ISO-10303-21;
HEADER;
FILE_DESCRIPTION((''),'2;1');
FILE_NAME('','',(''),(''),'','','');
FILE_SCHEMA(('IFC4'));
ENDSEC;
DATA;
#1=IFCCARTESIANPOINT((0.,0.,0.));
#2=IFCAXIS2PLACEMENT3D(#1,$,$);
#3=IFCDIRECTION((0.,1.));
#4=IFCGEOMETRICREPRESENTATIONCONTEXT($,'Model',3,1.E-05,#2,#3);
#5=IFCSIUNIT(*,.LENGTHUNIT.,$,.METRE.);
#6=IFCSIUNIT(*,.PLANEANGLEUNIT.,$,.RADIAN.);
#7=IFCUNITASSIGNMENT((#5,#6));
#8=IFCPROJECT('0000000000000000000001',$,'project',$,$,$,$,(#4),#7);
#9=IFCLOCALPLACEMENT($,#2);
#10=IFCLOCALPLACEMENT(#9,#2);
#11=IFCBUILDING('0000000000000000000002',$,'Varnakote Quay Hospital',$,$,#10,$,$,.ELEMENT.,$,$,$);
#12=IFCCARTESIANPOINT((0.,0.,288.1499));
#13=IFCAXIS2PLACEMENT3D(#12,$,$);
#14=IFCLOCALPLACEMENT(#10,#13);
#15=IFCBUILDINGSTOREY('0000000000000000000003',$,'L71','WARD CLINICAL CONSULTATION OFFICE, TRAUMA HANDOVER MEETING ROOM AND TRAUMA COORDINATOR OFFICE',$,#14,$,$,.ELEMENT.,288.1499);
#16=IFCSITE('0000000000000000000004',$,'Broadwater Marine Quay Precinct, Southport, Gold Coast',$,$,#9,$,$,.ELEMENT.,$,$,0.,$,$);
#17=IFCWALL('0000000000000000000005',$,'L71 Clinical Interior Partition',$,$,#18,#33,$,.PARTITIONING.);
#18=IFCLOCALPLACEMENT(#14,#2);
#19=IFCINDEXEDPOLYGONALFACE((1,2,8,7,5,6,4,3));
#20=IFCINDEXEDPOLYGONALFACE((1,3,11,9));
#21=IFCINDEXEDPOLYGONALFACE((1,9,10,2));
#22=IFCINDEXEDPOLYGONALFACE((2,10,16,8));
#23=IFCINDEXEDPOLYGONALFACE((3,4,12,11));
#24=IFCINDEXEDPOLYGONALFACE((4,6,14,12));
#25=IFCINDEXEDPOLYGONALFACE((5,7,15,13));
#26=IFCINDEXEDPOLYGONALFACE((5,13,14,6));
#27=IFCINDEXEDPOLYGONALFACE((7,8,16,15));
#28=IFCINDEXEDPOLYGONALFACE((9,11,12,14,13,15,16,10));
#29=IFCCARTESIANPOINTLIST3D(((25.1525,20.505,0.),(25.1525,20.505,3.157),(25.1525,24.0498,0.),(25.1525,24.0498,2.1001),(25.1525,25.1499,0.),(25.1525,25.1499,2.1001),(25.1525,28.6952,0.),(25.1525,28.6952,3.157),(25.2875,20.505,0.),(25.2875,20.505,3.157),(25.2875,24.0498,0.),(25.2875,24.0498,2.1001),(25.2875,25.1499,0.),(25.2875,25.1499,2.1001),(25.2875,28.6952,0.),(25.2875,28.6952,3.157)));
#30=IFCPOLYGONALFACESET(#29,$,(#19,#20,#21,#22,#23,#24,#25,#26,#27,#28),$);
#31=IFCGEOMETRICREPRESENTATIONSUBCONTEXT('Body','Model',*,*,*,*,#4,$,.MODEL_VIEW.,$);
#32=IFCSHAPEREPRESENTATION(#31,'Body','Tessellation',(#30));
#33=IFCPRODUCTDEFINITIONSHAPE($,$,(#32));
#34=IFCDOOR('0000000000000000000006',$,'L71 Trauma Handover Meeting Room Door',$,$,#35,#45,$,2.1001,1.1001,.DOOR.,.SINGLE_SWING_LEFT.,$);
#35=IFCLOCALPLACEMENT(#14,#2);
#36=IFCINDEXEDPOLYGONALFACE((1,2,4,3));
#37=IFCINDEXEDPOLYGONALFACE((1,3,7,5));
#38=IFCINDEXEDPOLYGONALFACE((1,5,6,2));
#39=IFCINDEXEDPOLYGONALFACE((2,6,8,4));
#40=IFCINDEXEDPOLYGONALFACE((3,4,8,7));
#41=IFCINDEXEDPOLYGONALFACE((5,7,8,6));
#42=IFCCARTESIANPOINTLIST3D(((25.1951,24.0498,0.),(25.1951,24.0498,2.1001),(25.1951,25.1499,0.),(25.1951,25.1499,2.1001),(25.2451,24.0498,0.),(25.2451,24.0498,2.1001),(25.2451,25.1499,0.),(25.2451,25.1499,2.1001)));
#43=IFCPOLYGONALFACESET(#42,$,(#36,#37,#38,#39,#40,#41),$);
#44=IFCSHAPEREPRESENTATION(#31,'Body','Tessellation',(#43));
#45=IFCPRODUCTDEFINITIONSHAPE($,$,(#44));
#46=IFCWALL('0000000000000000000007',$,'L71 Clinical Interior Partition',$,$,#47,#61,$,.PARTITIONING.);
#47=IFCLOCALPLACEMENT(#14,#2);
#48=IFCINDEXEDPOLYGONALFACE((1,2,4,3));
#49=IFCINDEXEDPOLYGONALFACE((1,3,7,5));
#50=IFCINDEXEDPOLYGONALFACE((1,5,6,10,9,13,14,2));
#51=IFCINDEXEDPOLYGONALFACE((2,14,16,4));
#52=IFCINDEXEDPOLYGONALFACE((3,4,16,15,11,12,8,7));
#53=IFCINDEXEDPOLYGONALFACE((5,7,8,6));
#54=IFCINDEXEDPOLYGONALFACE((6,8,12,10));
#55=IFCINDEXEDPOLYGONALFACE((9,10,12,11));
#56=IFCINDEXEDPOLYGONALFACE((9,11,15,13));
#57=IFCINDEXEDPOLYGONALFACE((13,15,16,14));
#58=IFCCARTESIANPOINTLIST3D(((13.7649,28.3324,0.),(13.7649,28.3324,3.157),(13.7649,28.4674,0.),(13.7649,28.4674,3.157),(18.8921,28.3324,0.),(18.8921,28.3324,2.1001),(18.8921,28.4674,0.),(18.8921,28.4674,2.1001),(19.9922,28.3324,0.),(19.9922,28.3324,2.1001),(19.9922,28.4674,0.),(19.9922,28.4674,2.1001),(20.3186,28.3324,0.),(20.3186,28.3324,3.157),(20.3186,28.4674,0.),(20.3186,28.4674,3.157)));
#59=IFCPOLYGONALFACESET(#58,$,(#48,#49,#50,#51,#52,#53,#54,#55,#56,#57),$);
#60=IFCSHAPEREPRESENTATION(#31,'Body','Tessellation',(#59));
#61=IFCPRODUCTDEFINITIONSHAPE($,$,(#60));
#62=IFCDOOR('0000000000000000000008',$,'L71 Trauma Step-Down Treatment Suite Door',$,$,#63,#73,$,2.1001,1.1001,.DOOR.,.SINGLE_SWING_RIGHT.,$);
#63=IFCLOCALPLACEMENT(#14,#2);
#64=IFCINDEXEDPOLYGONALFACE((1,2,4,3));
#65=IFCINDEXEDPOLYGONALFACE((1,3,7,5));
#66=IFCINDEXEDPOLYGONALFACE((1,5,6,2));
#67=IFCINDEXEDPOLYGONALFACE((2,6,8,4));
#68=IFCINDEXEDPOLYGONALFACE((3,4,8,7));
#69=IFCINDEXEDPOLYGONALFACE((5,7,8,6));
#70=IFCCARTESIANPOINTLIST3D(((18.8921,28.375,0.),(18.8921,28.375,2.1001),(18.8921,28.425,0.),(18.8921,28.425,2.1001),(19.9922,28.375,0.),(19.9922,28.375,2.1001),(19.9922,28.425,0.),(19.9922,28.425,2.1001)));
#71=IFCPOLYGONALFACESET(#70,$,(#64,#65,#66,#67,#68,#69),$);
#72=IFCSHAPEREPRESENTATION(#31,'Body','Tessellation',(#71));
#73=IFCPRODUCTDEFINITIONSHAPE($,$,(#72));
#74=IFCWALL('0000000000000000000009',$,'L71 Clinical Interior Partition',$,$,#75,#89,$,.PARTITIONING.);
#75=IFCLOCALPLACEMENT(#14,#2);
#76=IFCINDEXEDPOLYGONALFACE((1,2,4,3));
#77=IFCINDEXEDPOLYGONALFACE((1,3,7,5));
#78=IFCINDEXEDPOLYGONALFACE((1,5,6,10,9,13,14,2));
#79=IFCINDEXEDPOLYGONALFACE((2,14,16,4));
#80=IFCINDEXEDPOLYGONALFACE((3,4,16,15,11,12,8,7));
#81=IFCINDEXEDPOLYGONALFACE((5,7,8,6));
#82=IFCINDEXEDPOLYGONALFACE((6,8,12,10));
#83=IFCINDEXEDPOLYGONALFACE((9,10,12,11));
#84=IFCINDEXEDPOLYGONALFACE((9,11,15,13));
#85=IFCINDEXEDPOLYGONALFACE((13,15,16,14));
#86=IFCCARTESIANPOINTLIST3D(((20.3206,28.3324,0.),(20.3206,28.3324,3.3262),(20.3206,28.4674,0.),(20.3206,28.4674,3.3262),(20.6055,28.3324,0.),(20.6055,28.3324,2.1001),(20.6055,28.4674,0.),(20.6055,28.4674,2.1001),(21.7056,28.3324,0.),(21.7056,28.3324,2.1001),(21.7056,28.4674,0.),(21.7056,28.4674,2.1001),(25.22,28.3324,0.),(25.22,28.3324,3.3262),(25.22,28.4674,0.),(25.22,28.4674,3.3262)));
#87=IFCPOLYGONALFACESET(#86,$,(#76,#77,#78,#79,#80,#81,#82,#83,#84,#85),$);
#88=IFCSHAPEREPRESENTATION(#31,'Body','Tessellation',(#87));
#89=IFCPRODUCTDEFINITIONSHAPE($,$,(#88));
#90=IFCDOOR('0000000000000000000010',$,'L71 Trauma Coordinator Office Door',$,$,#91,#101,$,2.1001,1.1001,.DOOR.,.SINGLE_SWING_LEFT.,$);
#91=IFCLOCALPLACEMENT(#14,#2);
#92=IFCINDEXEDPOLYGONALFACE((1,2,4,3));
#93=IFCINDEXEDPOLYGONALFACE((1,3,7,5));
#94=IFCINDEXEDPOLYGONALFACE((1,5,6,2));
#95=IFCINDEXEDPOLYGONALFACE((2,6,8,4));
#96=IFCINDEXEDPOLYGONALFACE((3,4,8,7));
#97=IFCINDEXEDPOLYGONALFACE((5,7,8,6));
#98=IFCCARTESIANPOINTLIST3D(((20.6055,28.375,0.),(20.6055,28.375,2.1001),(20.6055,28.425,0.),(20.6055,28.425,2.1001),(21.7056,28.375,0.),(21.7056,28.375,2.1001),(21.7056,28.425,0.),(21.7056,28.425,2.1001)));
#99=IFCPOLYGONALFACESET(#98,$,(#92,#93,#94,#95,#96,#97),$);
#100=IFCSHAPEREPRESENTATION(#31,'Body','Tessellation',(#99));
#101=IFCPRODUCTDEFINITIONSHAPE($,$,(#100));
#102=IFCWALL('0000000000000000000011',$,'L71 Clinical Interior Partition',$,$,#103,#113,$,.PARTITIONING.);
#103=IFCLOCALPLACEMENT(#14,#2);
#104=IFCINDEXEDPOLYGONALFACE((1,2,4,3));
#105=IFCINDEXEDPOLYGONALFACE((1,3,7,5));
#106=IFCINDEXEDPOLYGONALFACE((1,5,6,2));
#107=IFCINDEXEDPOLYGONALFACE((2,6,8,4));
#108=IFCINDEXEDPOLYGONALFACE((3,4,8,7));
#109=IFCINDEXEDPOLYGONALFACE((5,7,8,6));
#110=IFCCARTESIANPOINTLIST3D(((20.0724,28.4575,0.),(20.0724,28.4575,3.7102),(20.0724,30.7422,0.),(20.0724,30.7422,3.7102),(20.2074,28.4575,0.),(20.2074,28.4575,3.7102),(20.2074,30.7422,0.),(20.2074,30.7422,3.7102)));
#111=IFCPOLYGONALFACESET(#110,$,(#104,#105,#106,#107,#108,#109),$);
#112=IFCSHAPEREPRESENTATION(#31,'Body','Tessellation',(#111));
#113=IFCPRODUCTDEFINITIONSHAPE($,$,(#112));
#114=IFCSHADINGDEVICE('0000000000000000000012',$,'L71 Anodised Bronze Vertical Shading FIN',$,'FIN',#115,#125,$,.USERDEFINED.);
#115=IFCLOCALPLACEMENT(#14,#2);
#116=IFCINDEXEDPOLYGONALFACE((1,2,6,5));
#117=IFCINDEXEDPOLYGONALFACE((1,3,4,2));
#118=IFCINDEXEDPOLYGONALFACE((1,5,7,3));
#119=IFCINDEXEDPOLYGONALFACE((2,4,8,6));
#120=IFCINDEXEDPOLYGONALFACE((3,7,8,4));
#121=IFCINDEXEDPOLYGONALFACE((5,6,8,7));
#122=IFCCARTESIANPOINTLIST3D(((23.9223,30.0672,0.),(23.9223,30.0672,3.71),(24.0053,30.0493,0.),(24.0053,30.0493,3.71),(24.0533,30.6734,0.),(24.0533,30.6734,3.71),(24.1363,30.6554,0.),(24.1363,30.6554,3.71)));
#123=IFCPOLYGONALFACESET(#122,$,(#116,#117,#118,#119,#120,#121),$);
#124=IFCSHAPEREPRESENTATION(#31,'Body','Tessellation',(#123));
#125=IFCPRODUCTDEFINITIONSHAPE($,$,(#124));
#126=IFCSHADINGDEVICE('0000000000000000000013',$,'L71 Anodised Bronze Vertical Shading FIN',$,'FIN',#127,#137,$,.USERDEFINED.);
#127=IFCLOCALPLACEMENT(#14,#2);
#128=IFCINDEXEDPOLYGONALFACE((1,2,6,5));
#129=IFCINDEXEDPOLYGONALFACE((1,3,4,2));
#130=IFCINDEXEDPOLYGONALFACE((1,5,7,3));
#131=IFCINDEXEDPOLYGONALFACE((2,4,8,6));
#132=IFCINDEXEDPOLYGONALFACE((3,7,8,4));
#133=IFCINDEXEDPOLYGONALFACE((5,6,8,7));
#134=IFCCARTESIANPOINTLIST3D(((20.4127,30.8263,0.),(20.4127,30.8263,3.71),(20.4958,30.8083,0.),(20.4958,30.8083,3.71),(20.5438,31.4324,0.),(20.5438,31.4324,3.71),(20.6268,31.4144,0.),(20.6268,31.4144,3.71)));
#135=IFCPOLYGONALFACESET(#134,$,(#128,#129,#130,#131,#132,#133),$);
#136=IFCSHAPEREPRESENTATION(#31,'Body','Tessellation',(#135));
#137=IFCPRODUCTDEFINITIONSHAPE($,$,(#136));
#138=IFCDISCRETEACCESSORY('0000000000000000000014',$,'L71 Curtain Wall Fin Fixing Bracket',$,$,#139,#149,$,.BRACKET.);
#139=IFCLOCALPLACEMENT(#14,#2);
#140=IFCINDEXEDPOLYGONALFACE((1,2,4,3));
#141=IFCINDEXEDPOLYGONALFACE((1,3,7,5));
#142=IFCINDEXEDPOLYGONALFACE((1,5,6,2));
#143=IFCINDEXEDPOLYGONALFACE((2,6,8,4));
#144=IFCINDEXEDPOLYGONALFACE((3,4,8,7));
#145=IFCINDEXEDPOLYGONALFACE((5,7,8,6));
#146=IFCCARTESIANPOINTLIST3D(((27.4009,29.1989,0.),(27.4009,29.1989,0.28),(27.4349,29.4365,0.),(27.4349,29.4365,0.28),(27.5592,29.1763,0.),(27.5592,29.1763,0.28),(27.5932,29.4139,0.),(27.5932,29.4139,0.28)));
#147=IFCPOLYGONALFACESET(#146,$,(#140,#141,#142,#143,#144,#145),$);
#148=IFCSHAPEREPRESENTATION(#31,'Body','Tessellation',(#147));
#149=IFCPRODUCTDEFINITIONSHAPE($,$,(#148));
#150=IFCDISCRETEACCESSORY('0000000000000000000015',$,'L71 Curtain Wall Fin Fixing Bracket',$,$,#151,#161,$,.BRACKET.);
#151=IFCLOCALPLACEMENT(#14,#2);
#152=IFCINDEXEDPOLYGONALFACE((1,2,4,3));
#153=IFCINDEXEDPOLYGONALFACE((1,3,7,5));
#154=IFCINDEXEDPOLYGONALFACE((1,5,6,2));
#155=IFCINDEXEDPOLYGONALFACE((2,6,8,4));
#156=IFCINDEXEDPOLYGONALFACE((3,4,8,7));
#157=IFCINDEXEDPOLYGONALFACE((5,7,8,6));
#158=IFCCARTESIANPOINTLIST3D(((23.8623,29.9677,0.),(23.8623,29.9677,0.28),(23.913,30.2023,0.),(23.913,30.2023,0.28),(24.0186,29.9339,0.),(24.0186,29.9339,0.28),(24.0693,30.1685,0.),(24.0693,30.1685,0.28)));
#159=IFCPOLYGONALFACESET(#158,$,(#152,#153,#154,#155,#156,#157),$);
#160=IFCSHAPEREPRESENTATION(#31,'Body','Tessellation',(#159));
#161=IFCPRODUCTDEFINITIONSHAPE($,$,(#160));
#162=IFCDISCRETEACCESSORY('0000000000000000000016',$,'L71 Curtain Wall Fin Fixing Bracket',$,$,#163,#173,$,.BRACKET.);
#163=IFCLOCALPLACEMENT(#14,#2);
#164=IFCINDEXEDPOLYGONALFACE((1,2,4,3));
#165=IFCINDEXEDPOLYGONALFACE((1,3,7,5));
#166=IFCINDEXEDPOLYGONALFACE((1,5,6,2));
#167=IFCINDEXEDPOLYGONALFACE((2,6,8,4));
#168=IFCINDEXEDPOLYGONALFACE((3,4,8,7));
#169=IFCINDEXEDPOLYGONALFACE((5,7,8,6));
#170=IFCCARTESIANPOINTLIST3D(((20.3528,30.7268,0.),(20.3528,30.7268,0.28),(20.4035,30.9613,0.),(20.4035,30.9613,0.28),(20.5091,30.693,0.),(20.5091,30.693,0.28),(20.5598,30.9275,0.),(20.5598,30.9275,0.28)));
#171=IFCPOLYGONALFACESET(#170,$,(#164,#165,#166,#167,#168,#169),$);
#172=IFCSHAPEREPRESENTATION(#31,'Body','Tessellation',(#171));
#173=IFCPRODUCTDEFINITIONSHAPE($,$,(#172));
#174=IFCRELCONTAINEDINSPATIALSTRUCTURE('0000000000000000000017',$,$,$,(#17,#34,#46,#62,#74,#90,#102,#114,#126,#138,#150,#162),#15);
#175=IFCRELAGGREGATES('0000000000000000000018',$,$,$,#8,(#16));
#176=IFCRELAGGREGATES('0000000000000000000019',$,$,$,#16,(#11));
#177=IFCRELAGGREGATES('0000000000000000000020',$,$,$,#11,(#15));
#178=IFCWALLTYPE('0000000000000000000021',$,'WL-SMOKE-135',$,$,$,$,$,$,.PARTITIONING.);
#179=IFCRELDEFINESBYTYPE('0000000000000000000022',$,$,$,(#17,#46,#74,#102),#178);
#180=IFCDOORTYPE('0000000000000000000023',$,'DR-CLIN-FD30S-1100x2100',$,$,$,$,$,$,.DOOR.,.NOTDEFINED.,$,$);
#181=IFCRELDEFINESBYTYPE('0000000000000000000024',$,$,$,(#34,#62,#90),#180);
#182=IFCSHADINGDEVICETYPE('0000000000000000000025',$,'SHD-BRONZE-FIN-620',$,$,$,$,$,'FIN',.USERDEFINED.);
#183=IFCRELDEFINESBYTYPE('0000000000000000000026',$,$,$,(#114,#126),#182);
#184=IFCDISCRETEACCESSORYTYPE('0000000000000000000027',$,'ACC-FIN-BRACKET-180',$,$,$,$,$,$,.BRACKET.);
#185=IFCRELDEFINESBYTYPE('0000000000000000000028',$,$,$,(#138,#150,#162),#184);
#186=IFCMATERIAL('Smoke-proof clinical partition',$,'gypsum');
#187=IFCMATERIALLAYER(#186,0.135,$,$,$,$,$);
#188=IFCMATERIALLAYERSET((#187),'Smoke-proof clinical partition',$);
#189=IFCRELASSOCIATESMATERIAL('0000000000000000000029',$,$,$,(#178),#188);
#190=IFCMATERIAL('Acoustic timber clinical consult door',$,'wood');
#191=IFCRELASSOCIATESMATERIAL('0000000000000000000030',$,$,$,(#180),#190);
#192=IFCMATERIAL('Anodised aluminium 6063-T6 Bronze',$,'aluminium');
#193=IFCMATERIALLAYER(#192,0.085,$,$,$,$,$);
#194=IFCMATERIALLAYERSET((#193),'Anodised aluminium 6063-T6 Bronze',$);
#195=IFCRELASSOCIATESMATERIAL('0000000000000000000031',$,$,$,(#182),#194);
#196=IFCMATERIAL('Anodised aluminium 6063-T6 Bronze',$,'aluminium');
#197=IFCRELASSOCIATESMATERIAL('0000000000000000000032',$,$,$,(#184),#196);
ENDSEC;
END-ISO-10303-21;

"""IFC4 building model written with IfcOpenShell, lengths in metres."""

from ifc_helpers import new_model, si_unit, direction, frame, frame_2d, origin, origin_2d, place, context, subcontext, project, spatial, rectangle, extrude, material, layer, layer_set, type_object, element, fill, save


model = new_model("IFC4")

# Units and contexts
model_context = context("Model", 3, precision=1e-05, world=origin(), true_north=direction((0.0, 1.0)))
body_context = subcontext(model_context, "Body", "Model", "MODEL_VIEW")
ifc_project = project(units=[si_unit("LENGTHUNIT", "METRE"), si_unit("PLANEANGLEUNIT", "RADIAN")], contexts=[model_context])

# Site, building, storey
site_placement = place(None, origin())
site = spatial("IfcSite", under=ifc_project, at=site_placement, Name="Broadwater Marine Quay Precinct, Southport, Gold Coast", CompositionType="ELEMENT", RefElevation=0.0)
building_placement = place(site_placement, origin())
building = spatial("IfcBuilding", under=site, at=building_placement, Name="Varnakote Quay Hospital", CompositionType="ELEMENT")
storey_placement = place(building_placement, frame((0.0, 0.0, 288.1499)))
storey = spatial("IfcBuildingStorey", under=building, at=storey_placement, Name="L71", Description="WARD CLINICAL CONSULTATION OFFICE, TRAUMA HANDOVER MEETING ROOM AND TRAUMA COORDINATOR OFFICE", CompositionType="ELEMENT", Elevation=288.1499)

# Walls, openings, doors
ifc_material_1 = material(Name="Smoke-proof clinical partition", Category="gypsum")
ifc_layer_1 = layer(ifc_material_1, 0.135)
ifc_layer_set_1 = layer_set([ifc_layer_1], Name="Smoke-proof clinical partition")
wall_type = type_object("IfcWallType", Name="WL-SMOKE-135", PredefinedType="PARTITIONING", material=ifc_layer_set_1)
wall_1_placement = place(storey_placement, frame((25.22, 20.5049, 0.0), z_axis=(0.0, 0.0, 1.0), x_axis=(0.0, 1.0, 0.0)))
wall_1 = element("IfcWall", 1, at=wall_1_placement, inside=storey, type_object=wall_type, Name="L71 Clinical Interior Partition", PredefinedType="PARTITIONING", context=body_context, shape_type="SweptSolid", body=[
    extrude(rectangle(XDim=8.1902, YDim=0.135, at=frame_2d((4.0952, 0.0))), origin(), (0.0, 0.0, 1.0), 3.157),
])
opening_1_placement = place(wall_1_placement, frame((3.5449, 0.0, 0.0)))
opening_1 = element("IfcOpeningElement", 2, at=opening_1_placement, cuts=wall_1, PredefinedType="OPENING", context=body_context, shape_type="SweptSolid", body=[
    extrude(rectangle(XDim=1.1001, YDim=2.1001, at=frame_2d((0.55, 1.05))), frame((0.0, 0.0774, 0.0), z_axis=(0.0, -1.0, 0.0), x_axis=(1.0, 0.0, 0.0)), (0.0, 0.0, 1.0), 0.155),
])
ifc_material_2 = material(Name="Acoustic timber clinical consult door", Category="wood")
door_type = type_object("IfcDoorType", Name="DR-CLIN-FD30S-1100x2100", OperationType="NOTDEFINED", PredefinedType="DOOR", material=ifc_material_2)
door_1_placement = place(opening_1_placement, origin())
door_1 = element("IfcDoor", 3, at=door_1_placement, inside=storey, type_object=door_type, Name="L71 Trauma Handover Meeting Room Door", OperationType="SINGLE_SWING_LEFT", OverallHeight=2.1001, OverallWidth=1.1001, PredefinedType="DOOR", context=body_context, shape_type="SweptSolid", body=[
    extrude(rectangle(XDim=1.1001, YDim=2.1001, at=frame_2d((0.55, 1.05))), frame((0.0, 0.0249, 0.0), z_axis=(0.0, -1.0, 0.0), x_axis=(1.0, 0.0, 0.0)), (0.0, 0.0, 1.0), 0.05),
])
fill(opening_1, door_1)
wall_2_placement = place(storey_placement, frame((20.3186, 28.3999, 0.0), z_axis=(0.0, 0.0, 1.0), x_axis=(-1.0, 0.0, 0.0)))
wall_2 = element("IfcWall", 4, at=wall_2_placement, inside=storey, type_object=wall_type, Name="L71 Clinical Interior Partition", PredefinedType="PARTITIONING", context=body_context, shape_type="SweptSolid", body=[
    extrude(rectangle(XDim=6.5537, YDim=0.135, at=frame_2d((3.2769, 0.0))), origin(), (0.0, 0.0, 1.0), 3.157),
])
opening_2_placement = place(wall_2_placement, frame((0.3264, 0.0, 0.0)))
opening_2 = element("IfcOpeningElement", 5, at=opening_2_placement, cuts=wall_2, PredefinedType="OPENING", context=body_context, shape_type="SweptSolid", body=[
    extrude(rectangle(XDim=1.1001, YDim=2.1001, at=frame_2d((0.55, 1.05))), frame((0.0, 0.0774, 0.0), z_axis=(0.0, -1.0, 0.0), x_axis=(1.0, 0.0, 0.0)), (0.0, 0.0, 1.0), 0.155),
])
door_2_placement = place(opening_2_placement, origin())
door_2 = element("IfcDoor", 6, at=door_2_placement, inside=storey, type_object=door_type, Name="L71 Trauma Step-Down Treatment Suite Door", OperationType="SINGLE_SWING_RIGHT", OverallHeight=2.1001, OverallWidth=1.1001, PredefinedType="DOOR", context=body_context, shape_type="SweptSolid", body=[
    extrude(rectangle(XDim=1.1001, YDim=2.1001, at=frame_2d((0.55, 1.05))), frame((0.0, 0.0249, 0.0), z_axis=(0.0, -1.0, 0.0), x_axis=(1.0, 0.0, 0.0)), (0.0, 0.0, 1.0), 0.05),
])
fill(opening_2, door_2)
wall_3_placement = place(storey_placement, frame((25.22, 28.3999, 0.0), z_axis=(0.0, 0.0, 1.0), x_axis=(-1.0, 0.0, 0.0)))
wall_3 = element("IfcWall", 7, at=wall_3_placement, inside=storey, type_object=wall_type, Name="L71 Clinical Interior Partition", PredefinedType="PARTITIONING", context=body_context, shape_type="SweptSolid", body=[
    extrude(rectangle(XDim=4.8994, YDim=0.135, at=frame_2d((2.4497, 0.0))), origin(), (0.0, 0.0, 1.0), 3.3262),
])
opening_3_placement = place(wall_3_placement, frame((3.5144, 0.0, 0.0)))
opening_3 = element("IfcOpeningElement", 8, at=opening_3_placement, cuts=wall_3, PredefinedType="OPENING", context=body_context, shape_type="SweptSolid", body=[
    extrude(rectangle(XDim=1.1001, YDim=2.1001, at=frame_2d((0.55, 1.05))), frame((0.0, 0.0774, 0.0), z_axis=(0.0, -1.0, 0.0), x_axis=(1.0, 0.0, 0.0)), (0.0, 0.0, 1.0), 0.155),
])
door_3_placement = place(opening_3_placement, origin())
door_3 = element("IfcDoor", 9, at=door_3_placement, inside=storey, type_object=door_type, Name="L71 Trauma Coordinator Office Door", OperationType="SINGLE_SWING_LEFT", OverallHeight=2.1001, OverallWidth=1.1001, PredefinedType="DOOR", context=body_context, shape_type="SweptSolid", body=[
    extrude(rectangle(XDim=1.1001, YDim=2.1001, at=frame_2d((0.55, 1.05))), frame((0.0, 0.0249, 0.0), z_axis=(0.0, -1.0, 0.0), x_axis=(1.0, 0.0, 0.0)), (0.0, 0.0, 1.0), 0.05),
])
fill(opening_3, door_3)

# Wall
wall_4_placement = place(storey_placement, frame((20.1399, 28.4575, 0.0), z_axis=(0.0, 0.0, 1.0), x_axis=(0.0, 1.0, 0.0)))
element("IfcWall", 10, at=wall_4_placement, inside=storey, type_object=wall_type, Name="L71 Clinical Interior Partition", PredefinedType="PARTITIONING", context=body_context, shape_type="SweptSolid", body=[
    extrude(rectangle(XDim=2.2847, YDim=0.135, at=frame_2d((1.1423, 0.0))), origin(), (0.0, 0.0, 1.0), 3.7102),
])

# Shading devices
ifc_material_3 = material(Name="Anodised aluminium 6063-T6 Bronze", Category="aluminium")
ifc_layer_2 = layer(ifc_material_3, 0.085)
ifc_layer_set_2 = layer_set([ifc_layer_2], Name="Anodised aluminium 6063-T6 Bronze")
shading_device_type = type_object("IfcShadingDeviceType", Name="SHD-BRONZE-FIN-620", ElementType="FIN", PredefinedType="USERDEFINED", material=ifc_layer_set_2)
for number, where, z_axis, x_axis, name in (
    (11, (24.0293, 30.3613, 0.0), (0.0, 0.0, 1.0), (-0.211325, -0.977416, 0.0), "L71 Anodised Bronze Vertical Shading FIN"),
    (12, (20.5198, 31.1204, 0.0), (0.0, 0.0, 1.0), (-0.211325, -0.977416, 0.0), "L71 Anodised Bronze Vertical Shading FIN"),
):
    element("IfcShadingDevice", number, at=place(storey_placement, frame(where, z_axis=z_axis, x_axis=x_axis)), inside=storey, type_object=shading_device_type, Name=name, ObjectType="FIN", PredefinedType="USERDEFINED", context=body_context, shape_type="SweptSolid", body=[
        extrude(rectangle(XDim=0.6201, YDim=0.085, at=origin_2d()), origin(), (0.0, 0.0, 1.0), 3.71),
    ])

# Discrete accessories
ifc_material_4 = material(Name="Anodised aluminium 6063-T6 Bronze", Category="aluminium")
discrete_accessory_type = type_object("IfcDiscreteAccessoryType", Name="ACC-FIN-BRACKET-180", PredefinedType="BRACKET", material=ifc_material_4)
for number, where, z_axis, x_axis, name in (
    (13, (27.4971, 29.3064, 0.0), (0.0, 0.0, 1.0), (-0.989925, 0.141592, 0.0), "L71 Curtain Wall Fin Fixing Bracket"),
    (14, (23.9658, 30.0681, 0.0), (0.0, 0.0, 1.0), (-0.977416, 0.211325, 0.0), "L71 Curtain Wall Fin Fixing Bracket"),
    (15, (20.4563, 30.8271, 0.0), (0.0, 0.0, 1.0), (-0.977416, 0.211325, 0.0), "L71 Curtain Wall Fin Fixing Bracket"),
):
    element("IfcDiscreteAccessory", number, at=place(storey_placement, frame(where, z_axis=z_axis, x_axis=x_axis)), inside=storey, type_object=discrete_accessory_type, Name=name, PredefinedType="BRACKET", context=body_context, shape_type="SweptSolid", body=[
        extrude(rectangle(XDim=0.1599, YDim=0.24, at=origin_2d()), origin(), (0.0, 0.0, 1.0), 0.28),
    ])

save(model, "model.ifc")
